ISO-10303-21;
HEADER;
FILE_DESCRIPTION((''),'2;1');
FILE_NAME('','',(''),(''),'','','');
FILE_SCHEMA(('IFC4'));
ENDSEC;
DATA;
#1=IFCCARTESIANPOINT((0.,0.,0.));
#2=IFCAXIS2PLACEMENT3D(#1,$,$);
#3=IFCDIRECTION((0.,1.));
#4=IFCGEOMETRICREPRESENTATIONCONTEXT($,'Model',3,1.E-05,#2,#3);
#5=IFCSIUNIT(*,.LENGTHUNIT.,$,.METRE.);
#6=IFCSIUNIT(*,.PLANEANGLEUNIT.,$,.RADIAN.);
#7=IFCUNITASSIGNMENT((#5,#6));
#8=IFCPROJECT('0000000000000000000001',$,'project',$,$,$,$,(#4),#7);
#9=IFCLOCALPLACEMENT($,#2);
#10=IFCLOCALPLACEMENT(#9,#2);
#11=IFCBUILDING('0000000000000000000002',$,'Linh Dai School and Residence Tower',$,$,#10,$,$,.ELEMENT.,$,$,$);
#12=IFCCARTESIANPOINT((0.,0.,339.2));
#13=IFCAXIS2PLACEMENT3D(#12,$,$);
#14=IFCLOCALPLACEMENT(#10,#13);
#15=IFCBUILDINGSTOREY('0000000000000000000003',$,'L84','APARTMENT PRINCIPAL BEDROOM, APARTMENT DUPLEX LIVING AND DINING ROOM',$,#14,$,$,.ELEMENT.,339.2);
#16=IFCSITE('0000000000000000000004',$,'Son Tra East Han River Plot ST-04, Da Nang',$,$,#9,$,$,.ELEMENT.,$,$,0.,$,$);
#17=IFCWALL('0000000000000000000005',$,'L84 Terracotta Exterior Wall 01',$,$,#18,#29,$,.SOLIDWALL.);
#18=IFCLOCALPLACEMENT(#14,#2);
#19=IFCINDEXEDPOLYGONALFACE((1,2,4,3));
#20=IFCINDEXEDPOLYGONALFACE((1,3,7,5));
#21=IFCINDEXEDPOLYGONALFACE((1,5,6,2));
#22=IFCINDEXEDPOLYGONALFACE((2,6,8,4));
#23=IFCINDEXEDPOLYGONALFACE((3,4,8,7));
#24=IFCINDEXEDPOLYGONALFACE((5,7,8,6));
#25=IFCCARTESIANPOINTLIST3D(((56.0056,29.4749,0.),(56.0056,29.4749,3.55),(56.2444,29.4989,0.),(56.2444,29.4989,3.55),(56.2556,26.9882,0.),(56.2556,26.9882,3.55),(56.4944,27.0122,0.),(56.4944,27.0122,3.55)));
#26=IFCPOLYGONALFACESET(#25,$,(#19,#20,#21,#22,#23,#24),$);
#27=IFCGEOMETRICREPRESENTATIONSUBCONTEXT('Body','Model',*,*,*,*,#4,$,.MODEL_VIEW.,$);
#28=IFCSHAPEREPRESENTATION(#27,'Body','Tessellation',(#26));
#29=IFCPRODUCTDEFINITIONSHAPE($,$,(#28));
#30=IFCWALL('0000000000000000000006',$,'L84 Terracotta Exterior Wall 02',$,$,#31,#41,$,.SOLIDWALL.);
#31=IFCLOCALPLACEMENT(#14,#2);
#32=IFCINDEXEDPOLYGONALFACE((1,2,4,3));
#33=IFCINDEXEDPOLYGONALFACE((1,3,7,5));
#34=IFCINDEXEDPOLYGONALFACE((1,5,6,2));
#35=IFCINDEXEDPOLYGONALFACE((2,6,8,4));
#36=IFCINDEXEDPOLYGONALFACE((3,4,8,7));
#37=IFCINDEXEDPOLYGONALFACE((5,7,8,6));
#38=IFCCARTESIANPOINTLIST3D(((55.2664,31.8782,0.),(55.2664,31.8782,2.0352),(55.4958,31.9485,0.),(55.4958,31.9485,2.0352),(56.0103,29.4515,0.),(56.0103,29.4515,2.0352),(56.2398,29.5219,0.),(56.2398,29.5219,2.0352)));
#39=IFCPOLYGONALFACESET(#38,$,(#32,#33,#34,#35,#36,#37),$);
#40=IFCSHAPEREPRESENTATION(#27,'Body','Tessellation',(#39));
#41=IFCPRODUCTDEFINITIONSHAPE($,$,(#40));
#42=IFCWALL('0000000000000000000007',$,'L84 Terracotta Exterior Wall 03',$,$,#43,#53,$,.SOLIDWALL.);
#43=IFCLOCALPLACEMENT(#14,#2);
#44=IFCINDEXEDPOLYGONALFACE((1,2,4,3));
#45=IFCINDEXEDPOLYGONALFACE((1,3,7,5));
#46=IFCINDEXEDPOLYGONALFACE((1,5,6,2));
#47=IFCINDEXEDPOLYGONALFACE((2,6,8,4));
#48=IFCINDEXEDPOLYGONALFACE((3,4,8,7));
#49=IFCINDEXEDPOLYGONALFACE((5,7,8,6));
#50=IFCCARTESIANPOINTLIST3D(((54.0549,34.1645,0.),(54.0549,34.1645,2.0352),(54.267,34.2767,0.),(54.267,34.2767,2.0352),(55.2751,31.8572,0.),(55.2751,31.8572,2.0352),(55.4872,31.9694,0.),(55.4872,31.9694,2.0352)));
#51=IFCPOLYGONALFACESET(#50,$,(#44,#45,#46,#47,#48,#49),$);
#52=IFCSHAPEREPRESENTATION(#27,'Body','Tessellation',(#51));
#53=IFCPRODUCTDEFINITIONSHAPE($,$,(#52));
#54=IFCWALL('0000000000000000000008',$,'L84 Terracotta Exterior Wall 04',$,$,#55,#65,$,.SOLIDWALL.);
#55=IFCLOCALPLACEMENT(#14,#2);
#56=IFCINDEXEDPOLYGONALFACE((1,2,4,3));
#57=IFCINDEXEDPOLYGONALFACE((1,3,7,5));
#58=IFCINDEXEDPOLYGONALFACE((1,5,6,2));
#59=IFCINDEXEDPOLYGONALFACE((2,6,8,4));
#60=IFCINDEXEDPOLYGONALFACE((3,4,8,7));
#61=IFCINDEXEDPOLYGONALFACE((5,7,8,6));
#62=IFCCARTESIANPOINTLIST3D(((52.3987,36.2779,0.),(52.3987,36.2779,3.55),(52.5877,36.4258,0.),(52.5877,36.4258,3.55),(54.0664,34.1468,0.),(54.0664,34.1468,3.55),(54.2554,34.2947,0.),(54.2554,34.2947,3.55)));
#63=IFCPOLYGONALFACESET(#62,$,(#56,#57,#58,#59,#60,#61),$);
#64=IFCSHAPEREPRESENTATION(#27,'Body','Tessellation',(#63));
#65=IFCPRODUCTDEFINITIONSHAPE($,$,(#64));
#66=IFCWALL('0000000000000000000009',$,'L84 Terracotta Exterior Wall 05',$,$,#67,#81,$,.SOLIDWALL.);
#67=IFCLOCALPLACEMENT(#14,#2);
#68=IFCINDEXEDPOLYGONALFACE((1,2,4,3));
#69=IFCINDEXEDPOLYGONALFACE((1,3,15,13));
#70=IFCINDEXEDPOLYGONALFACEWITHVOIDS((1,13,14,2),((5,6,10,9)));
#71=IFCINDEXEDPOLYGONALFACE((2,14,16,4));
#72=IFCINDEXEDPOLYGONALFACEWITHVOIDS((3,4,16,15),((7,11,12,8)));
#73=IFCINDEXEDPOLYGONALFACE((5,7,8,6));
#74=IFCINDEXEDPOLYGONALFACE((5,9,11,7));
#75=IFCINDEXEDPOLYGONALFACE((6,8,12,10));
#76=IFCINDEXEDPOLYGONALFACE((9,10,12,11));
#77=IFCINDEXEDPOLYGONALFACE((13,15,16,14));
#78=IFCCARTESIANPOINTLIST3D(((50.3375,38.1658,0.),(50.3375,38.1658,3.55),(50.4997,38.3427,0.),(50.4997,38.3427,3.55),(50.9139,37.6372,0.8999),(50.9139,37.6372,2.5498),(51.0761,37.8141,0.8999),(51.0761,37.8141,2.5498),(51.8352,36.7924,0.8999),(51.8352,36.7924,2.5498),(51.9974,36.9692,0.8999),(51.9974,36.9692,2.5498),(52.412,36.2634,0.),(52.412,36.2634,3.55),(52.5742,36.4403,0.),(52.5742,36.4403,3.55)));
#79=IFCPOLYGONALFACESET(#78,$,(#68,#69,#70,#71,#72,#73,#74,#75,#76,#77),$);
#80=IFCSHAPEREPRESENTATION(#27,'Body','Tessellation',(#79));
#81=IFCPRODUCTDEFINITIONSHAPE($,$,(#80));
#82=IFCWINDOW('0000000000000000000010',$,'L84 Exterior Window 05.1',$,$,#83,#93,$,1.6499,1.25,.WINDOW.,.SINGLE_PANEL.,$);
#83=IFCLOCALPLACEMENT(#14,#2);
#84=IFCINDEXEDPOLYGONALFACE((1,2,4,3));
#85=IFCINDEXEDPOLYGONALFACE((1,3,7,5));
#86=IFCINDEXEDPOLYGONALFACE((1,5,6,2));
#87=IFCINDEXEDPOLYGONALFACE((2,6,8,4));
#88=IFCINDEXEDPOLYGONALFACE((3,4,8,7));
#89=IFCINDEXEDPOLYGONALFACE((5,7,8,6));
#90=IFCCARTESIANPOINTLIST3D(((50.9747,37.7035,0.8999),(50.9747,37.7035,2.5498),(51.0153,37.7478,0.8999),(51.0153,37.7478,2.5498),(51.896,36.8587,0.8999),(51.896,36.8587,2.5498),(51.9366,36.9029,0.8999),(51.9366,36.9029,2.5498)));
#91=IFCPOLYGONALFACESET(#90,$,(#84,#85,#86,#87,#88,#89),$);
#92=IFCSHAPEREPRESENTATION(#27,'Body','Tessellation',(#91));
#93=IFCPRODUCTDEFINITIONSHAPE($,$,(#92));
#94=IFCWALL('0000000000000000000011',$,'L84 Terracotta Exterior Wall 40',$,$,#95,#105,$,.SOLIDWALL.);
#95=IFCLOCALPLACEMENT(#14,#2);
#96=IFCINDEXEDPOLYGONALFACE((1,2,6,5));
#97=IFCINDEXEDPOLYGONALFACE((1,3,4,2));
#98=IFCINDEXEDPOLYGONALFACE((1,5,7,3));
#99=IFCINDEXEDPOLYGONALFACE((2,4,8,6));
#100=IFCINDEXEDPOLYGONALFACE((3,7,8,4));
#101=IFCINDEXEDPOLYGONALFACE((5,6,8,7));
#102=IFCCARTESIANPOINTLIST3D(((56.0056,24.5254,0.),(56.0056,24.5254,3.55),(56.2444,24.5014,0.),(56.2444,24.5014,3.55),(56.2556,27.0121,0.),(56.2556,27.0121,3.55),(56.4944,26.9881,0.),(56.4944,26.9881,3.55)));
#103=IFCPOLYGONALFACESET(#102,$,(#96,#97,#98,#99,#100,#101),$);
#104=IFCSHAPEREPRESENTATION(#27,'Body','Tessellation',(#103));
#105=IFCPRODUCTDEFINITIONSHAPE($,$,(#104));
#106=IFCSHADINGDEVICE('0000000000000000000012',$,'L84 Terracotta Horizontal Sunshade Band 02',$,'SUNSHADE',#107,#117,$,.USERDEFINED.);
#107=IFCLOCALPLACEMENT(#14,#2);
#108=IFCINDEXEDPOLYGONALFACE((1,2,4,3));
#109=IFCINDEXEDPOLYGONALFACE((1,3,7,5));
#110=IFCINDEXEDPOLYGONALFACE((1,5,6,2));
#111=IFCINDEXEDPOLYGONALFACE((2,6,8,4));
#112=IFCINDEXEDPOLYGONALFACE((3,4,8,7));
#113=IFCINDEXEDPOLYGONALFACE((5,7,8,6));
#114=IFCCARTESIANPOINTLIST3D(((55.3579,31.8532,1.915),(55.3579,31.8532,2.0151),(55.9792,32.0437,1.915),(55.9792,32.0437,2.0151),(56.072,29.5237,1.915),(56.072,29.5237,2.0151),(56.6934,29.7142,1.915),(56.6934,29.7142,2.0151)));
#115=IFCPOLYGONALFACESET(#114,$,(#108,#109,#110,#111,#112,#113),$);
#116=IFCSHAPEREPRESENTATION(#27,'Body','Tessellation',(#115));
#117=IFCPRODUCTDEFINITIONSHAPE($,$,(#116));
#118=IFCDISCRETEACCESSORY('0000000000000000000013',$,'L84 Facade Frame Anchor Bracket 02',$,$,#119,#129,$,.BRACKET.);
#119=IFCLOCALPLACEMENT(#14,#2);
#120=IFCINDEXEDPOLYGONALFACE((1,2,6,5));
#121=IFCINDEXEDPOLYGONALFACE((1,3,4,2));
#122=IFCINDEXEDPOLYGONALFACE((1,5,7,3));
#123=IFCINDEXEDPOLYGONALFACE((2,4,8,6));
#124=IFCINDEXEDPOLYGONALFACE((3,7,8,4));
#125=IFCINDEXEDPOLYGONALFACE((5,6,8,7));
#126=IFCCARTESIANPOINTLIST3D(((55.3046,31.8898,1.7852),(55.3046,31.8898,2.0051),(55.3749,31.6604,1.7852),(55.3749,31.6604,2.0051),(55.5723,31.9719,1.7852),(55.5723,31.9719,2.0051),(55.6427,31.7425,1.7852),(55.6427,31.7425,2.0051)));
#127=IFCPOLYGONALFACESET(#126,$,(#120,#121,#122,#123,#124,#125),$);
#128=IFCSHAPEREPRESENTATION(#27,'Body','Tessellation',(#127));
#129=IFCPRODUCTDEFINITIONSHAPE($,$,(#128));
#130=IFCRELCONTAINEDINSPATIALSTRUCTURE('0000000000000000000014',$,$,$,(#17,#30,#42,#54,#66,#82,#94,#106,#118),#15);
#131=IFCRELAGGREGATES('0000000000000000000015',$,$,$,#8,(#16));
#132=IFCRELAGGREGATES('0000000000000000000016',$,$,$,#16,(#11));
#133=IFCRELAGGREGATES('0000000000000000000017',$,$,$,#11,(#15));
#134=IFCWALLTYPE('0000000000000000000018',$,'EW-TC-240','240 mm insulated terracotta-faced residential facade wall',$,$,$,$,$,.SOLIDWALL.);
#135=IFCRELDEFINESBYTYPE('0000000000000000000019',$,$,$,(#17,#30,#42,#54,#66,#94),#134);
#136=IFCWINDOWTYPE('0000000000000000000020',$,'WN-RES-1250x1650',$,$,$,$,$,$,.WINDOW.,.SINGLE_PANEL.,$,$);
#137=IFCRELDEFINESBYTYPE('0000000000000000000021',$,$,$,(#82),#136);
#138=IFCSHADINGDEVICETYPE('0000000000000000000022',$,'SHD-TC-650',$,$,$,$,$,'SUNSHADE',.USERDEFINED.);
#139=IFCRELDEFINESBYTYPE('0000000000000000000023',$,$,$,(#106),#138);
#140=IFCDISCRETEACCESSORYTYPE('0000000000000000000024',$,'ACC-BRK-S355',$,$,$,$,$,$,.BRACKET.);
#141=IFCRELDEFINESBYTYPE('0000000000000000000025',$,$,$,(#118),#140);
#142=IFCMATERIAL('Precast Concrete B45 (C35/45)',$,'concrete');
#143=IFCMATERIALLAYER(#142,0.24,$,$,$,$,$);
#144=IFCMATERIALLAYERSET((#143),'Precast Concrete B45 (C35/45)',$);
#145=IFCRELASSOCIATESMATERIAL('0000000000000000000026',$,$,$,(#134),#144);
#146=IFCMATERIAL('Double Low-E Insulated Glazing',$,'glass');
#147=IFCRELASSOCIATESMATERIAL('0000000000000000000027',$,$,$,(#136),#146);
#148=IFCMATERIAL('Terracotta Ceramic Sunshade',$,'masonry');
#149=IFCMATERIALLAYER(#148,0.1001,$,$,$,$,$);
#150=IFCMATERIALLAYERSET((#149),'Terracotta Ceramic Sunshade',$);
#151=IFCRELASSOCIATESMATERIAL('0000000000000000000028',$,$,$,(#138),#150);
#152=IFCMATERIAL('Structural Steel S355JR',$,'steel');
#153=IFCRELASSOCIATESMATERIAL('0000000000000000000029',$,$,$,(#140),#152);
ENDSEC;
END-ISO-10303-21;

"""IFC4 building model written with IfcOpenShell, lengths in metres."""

from ifc_helpers import new_model, si_unit, direction, frame, frame_2d, origin, origin_2d, place, context, subcontext, project, spatial, rectangle, extrude, source, transform, mapped, material, layer, layer_set, type_object, element, fill, save


model = new_model("IFC4")

# Units and contexts
model_context = context("Model", 3, precision=1e-05, world=origin(), true_north=direction((0.0, 1.0)))
body_context = subcontext(model_context, "Body", "Model", "MODEL_VIEW")
ifc_project = project(units=[si_unit("LENGTHUNIT", "METRE"), si_unit("PLANEANGLEUNIT", "RADIAN")], contexts=[model_context])

# Site, building, storey
site_placement = place(None, origin())
site = spatial("IfcSite", under=ifc_project, at=site_placement, Name="Son Tra East Han River Plot ST-04, Da Nang", CompositionType="ELEMENT", RefElevation=0.0)
building_placement = place(site_placement, origin())
building = spatial("IfcBuilding", under=site, at=building_placement, Name="Linh Dai School and Residence Tower", CompositionType="ELEMENT")
storey_placement = place(building_placement, frame((0.0, 0.0, 339.2)))
storey = spatial("IfcBuildingStorey", under=building, at=storey_placement, Name="L84", Description="APARTMENT PRINCIPAL BEDROOM, APARTMENT DUPLEX LIVING AND DINING ROOM", CompositionType="ELEMENT", Elevation=339.2)

# Shared definitions
ifc_material_1 = material(Name="Structural Steel S355JR", Category="steel")

# Shared definitions
ifc_material_2 = material(Name="Precast Concrete B45 (C35/45)", Category="concrete")

# Walls
ifc_layer_1 = layer(ifc_material_2, 0.24)
ifc_layer_set_1 = layer_set([ifc_layer_1], Name="Precast Concrete B45 (C35/45)")
wall_type = type_object("IfcWallType", Name="EW-TC-240", Description="240 mm insulated terracotta-faced residential facade wall", PredefinedType="SOLIDWALL", material=ifc_layer_set_1)
wall_1_placement = place(storey_placement, frame((56.125, 29.4868, 0.0), z_axis=(0.0, 0.0, 1.0), x_axis=(0.100026, -0.994985, 0.0)))
element("IfcWall", 1, at=wall_1_placement, inside=storey, type_object=wall_type, Name="L84 Terracotta Exterior Wall 01", PredefinedType="SOLIDWALL", context=body_context, shape_type="SweptSolid", body=[
    extrude(rectangle(XDim=2.4993, YDim=0.24, at=frame_2d((1.2495, 0.0))), origin(), (0.0, 0.0, 1.0), 3.55),
])
wall_2_placement = place(storey_placement, frame((55.3811, 31.9133, 0.0), z_axis=(0.0, 0.0, 1.0), x_axis=(0.293106, -0.95608, 0.0)))
element("IfcWall", 2, at=wall_2_placement, inside=storey, type_object=wall_type, Name="L84 Terracotta Exterior Wall 02", PredefinedType="SOLIDWALL", context=body_context, shape_type="SweptSolid", body=[
    extrude(rectangle(XDim=2.5381, YDim=0.24, at=frame_2d((1.269, 0.0))), origin(), (0.0, 0.0, 1.0), 2.0352),
])
wall_3_placement = place(storey_placement, frame((54.1609, 34.2207, 0.0), z_axis=(0.0, 0.0, 1.0), x_axis=(0.467488, -0.883999, 0.0)))
element("IfcWall", 3, at=wall_3_placement, inside=storey, type_object=wall_type, Name="L84 Terracotta Exterior Wall 03", PredefinedType="SOLIDWALL", context=body_context, shape_type="SweptSolid", body=[
    extrude(rectangle(XDim=2.6101, YDim=0.24, at=frame_2d((1.3052, 0.0))), origin(), (0.0, 0.0, 1.0), 2.0352),
])
wall_4_placement = place(storey_placement, frame((52.4932, 36.3518, 0.0), z_axis=(0.0, 0.0, 1.0), x_axis=(0.616286, -0.787522, 0.0)))
element("IfcWall", 4, at=wall_4_placement, inside=storey, type_object=wall_type, Name="L84 Terracotta Exterior Wall 04", PredefinedType="SOLIDWALL", context=body_context, shape_type="SweptSolid", body=[
    extrude(rectangle(XDim=2.7061, YDim=0.24, at=frame_2d((1.353, 0.0))), origin(), (0.0, 0.0, 1.0), 3.55),
])

# Wall, opening, window
wall_5_placement = place(storey_placement, frame((50.4187, 38.2542, 0.0), z_axis=(0.0, 0.0, 1.0), x_axis=(0.737021, -0.67587, 0.0)))
wall_5 = element("IfcWall", 5, at=wall_5_placement, inside=storey, type_object=wall_type, Name="L84 Terracotta Exterior Wall 05", PredefinedType="SOLIDWALL", context=body_context, shape_type="SweptSolid", body=[
    extrude(rectangle(XDim=2.8147, YDim=0.24, at=frame_2d((1.4072, 0.0))), origin(), (0.0, 0.0, 1.0), 3.55),
])
opening_placement = place(wall_5_placement, frame((0.782, 0.0, 0.8999)))
opening = element("IfcOpeningElement", 6, at=opening_placement, cuts=wall_5, PredefinedType="OPENING", context=body_context, shape_type="SweptSolid", body=[
    extrude(rectangle(XDim=1.25, YDim=1.6499, at=origin_2d()), frame((0.625, 0.1299, 0.825), z_axis=(0.0, -1.0, 0.0), x_axis=(1.0, 0.0, 0.0)), (0.0, 0.0, 1.0), 0.26),
])
ifc_material_3 = material(Name="Double Low-E Insulated Glazing", Category="glass")
window_type = type_object("IfcWindowType", Name="WN-RES-1250x1650", PartitioningType="SINGLE_PANEL", PredefinedType="WINDOW", material=ifc_material_3)
shared_shape_1 = source(origin(), body_context, "Body", "SweptSolid", [
    extrude(rectangle(XDim=1.25, YDim=1.6499, at=origin_2d()), frame((0.625, 0.03, 0.825), z_axis=(0.0, -1.0, 0.0), x_axis=(1.0, 0.0, 0.0)), (0.0, 0.0, 1.0), 0.0601),
])
window_placement = place(opening_placement, origin())
window = element("IfcWindow", 7, at=window_placement, inside=storey, type_object=window_type, Name="L84 Exterior Window 05.1", OverallHeight=1.6499, OverallWidth=1.25, PartitioningType="SINGLE_PANEL", PredefinedType="WINDOW", context=body_context, shape_type="MappedRepresentation", body=[
    mapped(shared_shape_1, transform((0.0, 0.0, 0.0), x_axis=(1.0, 0.0, 0.0), y_axis=(0.0, 1.0, 0.0), z_axis=(0.0, 0.0, 1.0), scale=1.0)),
])
fill(opening, window)

# Wall
wall_6_placement = place(storey_placement, frame((56.375, 27.0, 0.0), z_axis=(0.0, 0.0, 1.0), x_axis=(-0.100026, -0.994985, 0.0)))
element("IfcWall", 8, at=wall_6_placement, inside=storey, type_object=wall_type, Name="L84 Terracotta Exterior Wall 40", PredefinedType="SOLIDWALL", context=body_context, shape_type="SweptSolid", body=[
    extrude(rectangle(XDim=2.4993, YDim=0.24, at=frame_2d((1.2495, 0.0))), origin(), (0.0, 0.0, 1.0), 3.55),
])

# Shading device
ifc_material_4 = material(Name="Terracotta Ceramic Sunshade", Category="masonry")
ifc_layer_2 = layer(ifc_material_4, 0.1001)
ifc_layer_set_2 = layer_set([ifc_layer_2], Name="Terracotta Ceramic Sunshade")
shading_device_type = type_object("IfcShadingDeviceType", Name="SHD-TC-650", ElementType="SUNSHADE", PredefinedType="USERDEFINED", material=ifc_layer_set_2)
shared_shape_2 = source(origin(), body_context, "Body", "SweptSolid", [
    extrude(rectangle(XDim=2.4365, YDim=0.6499, at=origin_2d()), origin(), (0.0, 0.0, 1.0), 0.1001),
])
shading_device_placement = place(storey_placement, frame((56.0256, 30.7837, 1.915), z_axis=(0.0, 0.0, 1.0), x_axis=(0.293095, -0.956083, 0.0)))
element("IfcShadingDevice", 9, at=shading_device_placement, inside=storey, type_object=shading_device_type, Name="L84 Terracotta Horizontal Sunshade Band 02", ObjectType="SUNSHADE", PredefinedType="USERDEFINED", context=body_context, shape_type="MappedRepresentation", body=[
    mapped(shared_shape_2, transform((0.0, 0.0, 0.0), x_axis=(1.0, 0.0, 0.0), y_axis=(0.0, 1.0, 0.0), z_axis=(0.0, 0.0, 1.0), scale=1.0)),
])

# Discrete accessory
discrete_accessory_type = type_object("IfcDiscreteAccessoryType", Name="ACC-BRK-S355", PredefinedType="BRACKET", material=ifc_material_1)
shared_shape_3 = source(origin(), body_context, "Body", "SweptSolid", [
    extrude(rectangle(XDim=0.28, YDim=0.24, at=origin_2d()), origin(), (0.0, 0.0, 1.0), 0.22),
])
discrete_accessory_placement = place(storey_placement, frame((55.4736, 31.8162, 1.7852), z_axis=(0.0, 0.0, 1.0), x_axis=(0.956083, 0.293095, 0.0)))
element("IfcDiscreteAccessory", 10, at=discrete_accessory_placement, inside=storey, type_object=discrete_accessory_type, Name="L84 Facade Frame Anchor Bracket 02", PredefinedType="BRACKET", context=body_context, shape_type="MappedRepresentation", body=[
    mapped(shared_shape_3, transform((0.0, 0.0, 0.0), x_axis=(1.0, 0.0, 0.0), y_axis=(0.0, 1.0, 0.0), z_axis=(0.0, 0.0, 1.0), scale=1.0)),
])

save(model, "model.ifc")
